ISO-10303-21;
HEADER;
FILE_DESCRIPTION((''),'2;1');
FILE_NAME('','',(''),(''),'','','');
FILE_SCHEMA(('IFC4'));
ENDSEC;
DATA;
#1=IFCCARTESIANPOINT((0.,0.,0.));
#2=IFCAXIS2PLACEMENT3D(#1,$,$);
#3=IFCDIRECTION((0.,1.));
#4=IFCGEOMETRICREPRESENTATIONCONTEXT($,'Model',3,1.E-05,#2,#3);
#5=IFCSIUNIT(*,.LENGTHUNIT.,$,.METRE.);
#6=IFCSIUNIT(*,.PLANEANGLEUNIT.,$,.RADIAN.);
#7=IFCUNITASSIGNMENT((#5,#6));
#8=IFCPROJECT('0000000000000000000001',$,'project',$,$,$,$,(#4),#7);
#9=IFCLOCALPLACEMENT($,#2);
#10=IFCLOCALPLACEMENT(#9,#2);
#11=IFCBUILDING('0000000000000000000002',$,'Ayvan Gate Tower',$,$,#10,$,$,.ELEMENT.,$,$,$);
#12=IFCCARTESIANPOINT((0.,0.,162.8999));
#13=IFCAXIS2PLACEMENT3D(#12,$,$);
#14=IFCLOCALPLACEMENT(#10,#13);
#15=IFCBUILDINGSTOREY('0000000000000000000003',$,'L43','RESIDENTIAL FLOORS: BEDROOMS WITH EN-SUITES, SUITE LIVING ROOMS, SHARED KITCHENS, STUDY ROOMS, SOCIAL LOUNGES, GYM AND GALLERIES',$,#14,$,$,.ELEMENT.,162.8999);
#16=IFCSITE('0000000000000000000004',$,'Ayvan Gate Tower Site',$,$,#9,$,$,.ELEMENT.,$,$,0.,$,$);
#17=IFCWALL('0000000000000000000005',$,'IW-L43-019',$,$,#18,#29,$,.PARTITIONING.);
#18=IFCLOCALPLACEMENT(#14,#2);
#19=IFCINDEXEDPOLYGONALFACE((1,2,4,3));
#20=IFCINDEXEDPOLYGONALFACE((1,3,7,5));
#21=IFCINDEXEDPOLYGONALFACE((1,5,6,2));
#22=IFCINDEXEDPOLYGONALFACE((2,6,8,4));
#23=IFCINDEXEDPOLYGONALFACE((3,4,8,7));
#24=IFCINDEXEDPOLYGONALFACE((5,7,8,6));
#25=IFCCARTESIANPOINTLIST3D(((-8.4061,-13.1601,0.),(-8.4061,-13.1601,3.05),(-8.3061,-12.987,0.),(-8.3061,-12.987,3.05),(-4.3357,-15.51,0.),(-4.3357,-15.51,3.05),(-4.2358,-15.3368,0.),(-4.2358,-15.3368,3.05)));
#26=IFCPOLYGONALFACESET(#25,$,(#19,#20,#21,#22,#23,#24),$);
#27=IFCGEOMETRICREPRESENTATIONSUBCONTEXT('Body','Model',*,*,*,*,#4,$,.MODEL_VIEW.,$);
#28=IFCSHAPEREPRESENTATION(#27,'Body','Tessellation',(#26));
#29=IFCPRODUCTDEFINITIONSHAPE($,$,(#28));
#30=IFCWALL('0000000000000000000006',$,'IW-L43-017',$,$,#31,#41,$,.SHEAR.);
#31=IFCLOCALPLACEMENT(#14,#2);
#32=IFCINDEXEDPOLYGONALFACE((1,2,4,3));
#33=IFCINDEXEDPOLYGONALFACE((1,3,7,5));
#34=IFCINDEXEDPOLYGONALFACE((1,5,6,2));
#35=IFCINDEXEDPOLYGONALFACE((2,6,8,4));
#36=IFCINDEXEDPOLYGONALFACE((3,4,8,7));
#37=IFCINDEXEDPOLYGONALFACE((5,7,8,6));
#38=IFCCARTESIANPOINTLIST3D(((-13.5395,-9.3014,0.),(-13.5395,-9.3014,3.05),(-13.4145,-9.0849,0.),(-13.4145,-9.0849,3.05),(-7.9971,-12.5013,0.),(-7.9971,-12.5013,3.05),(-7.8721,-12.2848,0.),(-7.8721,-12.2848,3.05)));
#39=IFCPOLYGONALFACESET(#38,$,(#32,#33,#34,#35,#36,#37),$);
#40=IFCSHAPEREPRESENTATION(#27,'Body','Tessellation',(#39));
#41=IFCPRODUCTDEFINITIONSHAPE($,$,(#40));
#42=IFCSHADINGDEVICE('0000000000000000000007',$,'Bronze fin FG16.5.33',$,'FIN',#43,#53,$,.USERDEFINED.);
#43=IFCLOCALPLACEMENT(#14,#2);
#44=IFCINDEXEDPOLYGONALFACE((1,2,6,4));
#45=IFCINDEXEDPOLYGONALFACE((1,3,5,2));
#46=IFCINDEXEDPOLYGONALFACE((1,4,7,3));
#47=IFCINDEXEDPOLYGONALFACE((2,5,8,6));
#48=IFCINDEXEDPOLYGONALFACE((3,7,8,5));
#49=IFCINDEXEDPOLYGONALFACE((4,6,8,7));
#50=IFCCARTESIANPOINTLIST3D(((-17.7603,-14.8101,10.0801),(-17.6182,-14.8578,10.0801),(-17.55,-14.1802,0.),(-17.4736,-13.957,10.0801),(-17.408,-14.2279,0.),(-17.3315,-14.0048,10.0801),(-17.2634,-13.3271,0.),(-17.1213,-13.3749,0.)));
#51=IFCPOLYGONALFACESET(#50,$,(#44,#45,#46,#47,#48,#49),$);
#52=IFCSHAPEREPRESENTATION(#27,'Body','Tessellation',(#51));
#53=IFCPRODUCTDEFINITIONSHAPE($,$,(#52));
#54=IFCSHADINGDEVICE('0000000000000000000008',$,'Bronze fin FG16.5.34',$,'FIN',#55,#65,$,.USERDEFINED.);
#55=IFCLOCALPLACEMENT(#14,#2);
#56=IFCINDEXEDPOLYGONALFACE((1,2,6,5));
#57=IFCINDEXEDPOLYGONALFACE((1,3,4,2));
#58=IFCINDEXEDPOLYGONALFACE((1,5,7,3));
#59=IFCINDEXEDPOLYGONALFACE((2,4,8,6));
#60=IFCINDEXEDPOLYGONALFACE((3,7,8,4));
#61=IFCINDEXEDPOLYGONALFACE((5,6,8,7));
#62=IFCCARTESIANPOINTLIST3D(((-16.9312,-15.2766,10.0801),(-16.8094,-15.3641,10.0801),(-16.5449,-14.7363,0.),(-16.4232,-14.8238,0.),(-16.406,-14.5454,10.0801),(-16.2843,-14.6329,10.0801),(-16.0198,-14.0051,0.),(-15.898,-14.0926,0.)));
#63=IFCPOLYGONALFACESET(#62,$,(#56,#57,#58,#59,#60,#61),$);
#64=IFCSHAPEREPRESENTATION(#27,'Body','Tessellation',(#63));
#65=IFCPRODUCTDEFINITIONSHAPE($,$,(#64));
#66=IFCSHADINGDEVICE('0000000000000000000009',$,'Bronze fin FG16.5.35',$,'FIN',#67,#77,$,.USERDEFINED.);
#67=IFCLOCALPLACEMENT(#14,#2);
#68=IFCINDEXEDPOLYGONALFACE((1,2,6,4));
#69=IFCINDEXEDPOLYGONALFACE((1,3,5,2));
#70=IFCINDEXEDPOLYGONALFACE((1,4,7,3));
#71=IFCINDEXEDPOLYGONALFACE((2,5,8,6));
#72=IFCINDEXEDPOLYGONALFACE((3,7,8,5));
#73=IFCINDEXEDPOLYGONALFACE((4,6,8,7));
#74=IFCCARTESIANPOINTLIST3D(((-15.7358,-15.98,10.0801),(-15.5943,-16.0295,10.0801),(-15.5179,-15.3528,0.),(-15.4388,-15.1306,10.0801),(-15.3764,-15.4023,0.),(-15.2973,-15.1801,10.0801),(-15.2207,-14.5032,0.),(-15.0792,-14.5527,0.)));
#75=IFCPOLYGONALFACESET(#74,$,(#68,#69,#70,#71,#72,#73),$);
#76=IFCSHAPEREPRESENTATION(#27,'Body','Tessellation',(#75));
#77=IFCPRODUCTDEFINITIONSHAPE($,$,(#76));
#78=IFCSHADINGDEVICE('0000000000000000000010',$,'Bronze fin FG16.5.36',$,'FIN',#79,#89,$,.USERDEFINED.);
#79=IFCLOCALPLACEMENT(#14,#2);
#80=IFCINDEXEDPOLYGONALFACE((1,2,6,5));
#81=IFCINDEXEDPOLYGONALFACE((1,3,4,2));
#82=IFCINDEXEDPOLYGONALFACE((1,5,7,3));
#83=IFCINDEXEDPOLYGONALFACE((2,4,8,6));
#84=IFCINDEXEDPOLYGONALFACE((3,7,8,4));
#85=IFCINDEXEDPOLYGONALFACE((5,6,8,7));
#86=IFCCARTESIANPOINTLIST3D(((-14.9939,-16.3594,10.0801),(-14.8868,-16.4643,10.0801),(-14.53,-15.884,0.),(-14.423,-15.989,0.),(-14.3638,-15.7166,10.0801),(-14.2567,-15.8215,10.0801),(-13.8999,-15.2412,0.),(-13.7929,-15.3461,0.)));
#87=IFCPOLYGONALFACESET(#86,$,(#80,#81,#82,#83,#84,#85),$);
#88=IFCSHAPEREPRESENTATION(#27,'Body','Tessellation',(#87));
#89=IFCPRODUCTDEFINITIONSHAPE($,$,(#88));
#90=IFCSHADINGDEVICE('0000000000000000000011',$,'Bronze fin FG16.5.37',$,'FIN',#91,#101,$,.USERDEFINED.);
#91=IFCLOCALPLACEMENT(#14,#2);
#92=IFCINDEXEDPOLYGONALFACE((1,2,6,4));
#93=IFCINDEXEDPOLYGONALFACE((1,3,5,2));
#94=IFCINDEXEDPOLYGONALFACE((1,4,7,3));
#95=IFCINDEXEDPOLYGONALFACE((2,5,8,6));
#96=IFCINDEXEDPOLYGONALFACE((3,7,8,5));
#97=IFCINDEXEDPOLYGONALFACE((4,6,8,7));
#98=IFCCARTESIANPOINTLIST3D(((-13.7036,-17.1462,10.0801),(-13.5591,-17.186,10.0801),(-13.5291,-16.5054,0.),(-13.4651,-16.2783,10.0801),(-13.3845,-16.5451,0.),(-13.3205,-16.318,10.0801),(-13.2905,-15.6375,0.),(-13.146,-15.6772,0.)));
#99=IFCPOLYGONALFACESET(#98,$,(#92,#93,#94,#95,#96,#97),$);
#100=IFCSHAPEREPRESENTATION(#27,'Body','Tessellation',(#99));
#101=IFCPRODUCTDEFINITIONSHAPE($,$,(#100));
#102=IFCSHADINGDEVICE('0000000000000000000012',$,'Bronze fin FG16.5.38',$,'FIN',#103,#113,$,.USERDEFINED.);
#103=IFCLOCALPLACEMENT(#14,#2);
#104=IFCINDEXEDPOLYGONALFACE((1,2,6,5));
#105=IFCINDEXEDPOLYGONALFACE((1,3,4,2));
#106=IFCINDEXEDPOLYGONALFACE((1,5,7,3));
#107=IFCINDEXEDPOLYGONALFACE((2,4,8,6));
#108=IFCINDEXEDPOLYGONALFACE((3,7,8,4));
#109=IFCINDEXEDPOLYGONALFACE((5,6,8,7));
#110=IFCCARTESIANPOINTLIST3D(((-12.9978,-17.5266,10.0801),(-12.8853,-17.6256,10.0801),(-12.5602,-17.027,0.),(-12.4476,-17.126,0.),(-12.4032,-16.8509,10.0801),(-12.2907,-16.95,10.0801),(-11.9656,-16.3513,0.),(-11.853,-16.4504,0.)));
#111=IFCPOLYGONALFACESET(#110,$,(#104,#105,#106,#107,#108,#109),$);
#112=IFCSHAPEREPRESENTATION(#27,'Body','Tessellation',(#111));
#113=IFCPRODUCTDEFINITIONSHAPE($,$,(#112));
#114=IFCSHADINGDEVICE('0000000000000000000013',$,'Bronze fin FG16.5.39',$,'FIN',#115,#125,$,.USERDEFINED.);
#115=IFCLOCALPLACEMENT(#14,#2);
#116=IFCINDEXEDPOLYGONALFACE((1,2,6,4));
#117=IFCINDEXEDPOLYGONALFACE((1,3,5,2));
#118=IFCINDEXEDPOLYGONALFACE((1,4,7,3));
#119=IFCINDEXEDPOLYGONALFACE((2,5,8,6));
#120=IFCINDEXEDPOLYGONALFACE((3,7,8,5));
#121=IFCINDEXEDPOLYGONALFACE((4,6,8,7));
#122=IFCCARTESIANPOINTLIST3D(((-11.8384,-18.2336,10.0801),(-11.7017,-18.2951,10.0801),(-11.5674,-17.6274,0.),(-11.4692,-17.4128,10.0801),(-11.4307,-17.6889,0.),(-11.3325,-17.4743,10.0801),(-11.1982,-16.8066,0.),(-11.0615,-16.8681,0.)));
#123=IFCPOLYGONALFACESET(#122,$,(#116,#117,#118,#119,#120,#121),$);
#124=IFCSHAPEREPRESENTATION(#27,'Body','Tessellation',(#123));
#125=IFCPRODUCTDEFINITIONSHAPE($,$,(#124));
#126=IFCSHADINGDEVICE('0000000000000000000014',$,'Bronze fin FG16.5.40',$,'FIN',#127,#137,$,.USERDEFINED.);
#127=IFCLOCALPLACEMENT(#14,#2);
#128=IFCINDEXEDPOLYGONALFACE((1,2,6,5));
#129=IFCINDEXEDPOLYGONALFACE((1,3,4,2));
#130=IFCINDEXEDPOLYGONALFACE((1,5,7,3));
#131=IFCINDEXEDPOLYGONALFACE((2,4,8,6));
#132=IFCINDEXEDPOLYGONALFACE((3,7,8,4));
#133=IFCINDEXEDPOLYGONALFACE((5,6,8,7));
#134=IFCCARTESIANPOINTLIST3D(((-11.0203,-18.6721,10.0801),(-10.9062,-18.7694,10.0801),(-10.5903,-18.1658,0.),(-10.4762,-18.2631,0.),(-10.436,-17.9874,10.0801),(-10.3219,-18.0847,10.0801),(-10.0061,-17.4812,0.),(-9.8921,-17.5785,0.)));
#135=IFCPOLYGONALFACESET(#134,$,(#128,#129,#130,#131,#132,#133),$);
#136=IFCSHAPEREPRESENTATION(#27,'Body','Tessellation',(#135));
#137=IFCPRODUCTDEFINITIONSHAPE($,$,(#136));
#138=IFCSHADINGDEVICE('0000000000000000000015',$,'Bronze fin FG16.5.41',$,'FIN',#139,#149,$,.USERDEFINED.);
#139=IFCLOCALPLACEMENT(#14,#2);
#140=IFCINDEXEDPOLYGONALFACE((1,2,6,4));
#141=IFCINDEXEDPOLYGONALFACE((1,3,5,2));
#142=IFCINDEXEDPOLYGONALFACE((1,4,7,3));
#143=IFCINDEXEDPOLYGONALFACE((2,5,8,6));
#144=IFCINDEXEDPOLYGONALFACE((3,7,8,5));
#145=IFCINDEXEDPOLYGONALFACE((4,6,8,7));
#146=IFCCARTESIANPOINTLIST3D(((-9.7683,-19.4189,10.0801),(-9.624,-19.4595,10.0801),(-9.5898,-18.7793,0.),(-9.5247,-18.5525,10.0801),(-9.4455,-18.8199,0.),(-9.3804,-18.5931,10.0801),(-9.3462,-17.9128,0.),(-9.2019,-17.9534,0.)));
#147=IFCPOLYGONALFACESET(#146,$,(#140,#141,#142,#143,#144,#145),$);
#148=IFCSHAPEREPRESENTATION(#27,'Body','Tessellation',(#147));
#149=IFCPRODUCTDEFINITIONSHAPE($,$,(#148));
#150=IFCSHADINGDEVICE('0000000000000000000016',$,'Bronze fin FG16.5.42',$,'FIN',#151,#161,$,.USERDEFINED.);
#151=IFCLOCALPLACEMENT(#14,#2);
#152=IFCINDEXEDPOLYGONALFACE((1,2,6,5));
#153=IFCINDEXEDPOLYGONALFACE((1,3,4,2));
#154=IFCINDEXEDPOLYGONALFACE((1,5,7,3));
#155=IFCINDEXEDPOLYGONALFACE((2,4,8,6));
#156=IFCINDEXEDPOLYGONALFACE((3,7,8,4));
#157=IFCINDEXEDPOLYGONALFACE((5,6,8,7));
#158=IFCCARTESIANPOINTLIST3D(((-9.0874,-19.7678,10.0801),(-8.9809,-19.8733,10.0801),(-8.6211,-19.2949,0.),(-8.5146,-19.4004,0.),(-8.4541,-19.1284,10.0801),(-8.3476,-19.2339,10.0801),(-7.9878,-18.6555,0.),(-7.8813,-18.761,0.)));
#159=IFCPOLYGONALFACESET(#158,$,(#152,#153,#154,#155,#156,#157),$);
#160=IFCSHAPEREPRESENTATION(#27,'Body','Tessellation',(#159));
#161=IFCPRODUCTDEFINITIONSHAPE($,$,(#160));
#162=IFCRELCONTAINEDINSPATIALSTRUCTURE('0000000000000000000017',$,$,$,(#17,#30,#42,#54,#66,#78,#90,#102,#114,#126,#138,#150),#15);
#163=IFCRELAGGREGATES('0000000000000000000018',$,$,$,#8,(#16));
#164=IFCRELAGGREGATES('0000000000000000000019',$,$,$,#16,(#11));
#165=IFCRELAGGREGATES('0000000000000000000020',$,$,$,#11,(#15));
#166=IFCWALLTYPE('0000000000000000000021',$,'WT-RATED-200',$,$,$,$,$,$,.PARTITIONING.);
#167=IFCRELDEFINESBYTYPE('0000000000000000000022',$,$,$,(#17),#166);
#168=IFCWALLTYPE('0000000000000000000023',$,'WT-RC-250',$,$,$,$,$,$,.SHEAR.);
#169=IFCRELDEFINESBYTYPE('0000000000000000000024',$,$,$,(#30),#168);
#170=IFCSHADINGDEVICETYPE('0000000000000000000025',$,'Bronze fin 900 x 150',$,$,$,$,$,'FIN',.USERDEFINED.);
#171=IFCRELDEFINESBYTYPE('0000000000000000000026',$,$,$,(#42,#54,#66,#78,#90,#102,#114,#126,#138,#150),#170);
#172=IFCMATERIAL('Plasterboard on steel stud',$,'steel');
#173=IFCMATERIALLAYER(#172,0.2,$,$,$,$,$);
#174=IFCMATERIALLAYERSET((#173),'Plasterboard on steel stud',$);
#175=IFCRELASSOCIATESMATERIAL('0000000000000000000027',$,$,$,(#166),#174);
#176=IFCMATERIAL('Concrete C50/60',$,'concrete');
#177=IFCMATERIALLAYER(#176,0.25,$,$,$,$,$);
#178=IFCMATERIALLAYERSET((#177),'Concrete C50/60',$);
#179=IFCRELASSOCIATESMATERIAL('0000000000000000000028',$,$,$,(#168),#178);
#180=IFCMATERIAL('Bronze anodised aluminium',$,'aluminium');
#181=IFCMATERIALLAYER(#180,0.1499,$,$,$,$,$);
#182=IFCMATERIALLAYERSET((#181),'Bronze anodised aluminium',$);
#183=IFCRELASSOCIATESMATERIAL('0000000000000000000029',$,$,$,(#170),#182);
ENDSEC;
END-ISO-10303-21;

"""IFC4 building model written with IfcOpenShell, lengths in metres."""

from ifc_helpers import new_model, si_unit, direction, frame, frame_2d, origin, place, context, subcontext, project, spatial, polyline, rectangle, outline, extrude, material, layer, layer_set, type_object, element, save


model = new_model("IFC4")

# Units and contexts
model_context = context("Model", 3, precision=1e-05, world=origin(), true_north=direction((0.0, 1.0)))
body_context = subcontext(model_context, "Body", "Model", "MODEL_VIEW")
ifc_project = project(units=[si_unit("LENGTHUNIT", "METRE"), si_unit("PLANEANGLEUNIT", "RADIAN")], contexts=[model_context])

# Site, building, storey
site_placement = place(None, origin())
site = spatial("IfcSite", under=ifc_project, at=site_placement, Name="Ayvan Gate Tower Site", CompositionType="ELEMENT", RefElevation=0.0)
building_placement = place(site_placement, origin())
building = spatial("IfcBuilding", under=site, at=building_placement, Name="Ayvan Gate Tower", CompositionType="ELEMENT")
storey_placement = place(building_placement, frame((0.0, 0.0, 162.8999)))
storey = spatial("IfcBuildingStorey", under=building, at=storey_placement, Name="L43", Description="RESIDENTIAL FLOORS: BEDROOMS WITH EN-SUITES, SUITE LIVING ROOMS, SHARED KITCHENS, STUDY ROOMS, SOCIAL LOUNGES, GYM AND GALLERIES", CompositionType="ELEMENT", Elevation=162.8999)

# Shared definitions
ifc_material_1 = material(Name="Bronze anodised aluminium", Category="aluminium")

# Walls
ifc_material_2 = material(Name="Plasterboard on steel stud", Category="steel")
ifc_layer_1 = layer(ifc_material_2, 0.2)
ifc_layer_set_1 = layer_set([ifc_layer_1], Name="Plasterboard on steel stud")
wall_type_1 = type_object("IfcWallType", Name="WT-RATED-200", PredefinedType="PARTITIONING", material=ifc_layer_set_1)
wall_1_placement = place(storey_placement, frame((-8.3562, -13.0735, 0.0), z_axis=(0.0, 0.0, 1.0), x_axis=(0.866039, -0.499977, 0.0)))
element("IfcWall", 1, at=wall_1_placement, inside=storey, type_object=wall_type_1, Name="IW-L43-019", PredefinedType="PARTITIONING", context=body_context, shape_type="SweptSolid", body=[
    extrude(rectangle(XDim=4.7, YDim=0.2, at=frame_2d((2.3501, 0.0))), origin(), (0.0, 0.0, 1.0), 3.05),
])
ifc_material_3 = material(Name="Concrete C50/60", Category="concrete")
ifc_layer_2 = layer(ifc_material_3, 0.25)
ifc_layer_set_2 = layer_set([ifc_layer_2], Name="Concrete C50/60")
wall_type_2 = type_object("IfcWallType", Name="WT-RC-250", PredefinedType="SHEAR", material=ifc_layer_set_2)
wall_2_placement = place(storey_placement, frame((-7.9346, -12.3931, 0.0), z_axis=(0.0, 0.0, 1.0), x_axis=(-0.866025, 0.5, 0.0)))
element("IfcWall", 2, at=wall_2_placement, inside=storey, type_object=wall_type_2, Name="IW-L43-017", PredefinedType="SHEAR", context=body_context, shape_type="SweptSolid", body=[
    extrude(rectangle(XDim=6.3999, YDim=0.25, at=frame_2d((3.2, 0.0))), origin(), (0.0, 0.0, 1.0), 3.05),
])

# Shading devices
ifc_layer_3 = layer(ifc_material_1, 0.1499)
ifc_layer_set_3 = layer_set([ifc_layer_3], Name="Bronze anodised aluminium")
shading_device_type = type_object("IfcShadingDeviceType", Name="Bronze fin 900 x 150", ElementType="FIN", PredefinedType="USERDEFINED", material=ifc_layer_set_3)
shading_device_1_placement = place(storey_placement, frame((-17.2634, -13.3271, 0.0), z_axis=(-0.947921, 0.318506, 0.000135), x_axis=(-0.318506, -0.947921, 0.0)))
element("IfcShadingDevice", 3, at=shading_device_1_placement, inside=storey, type_object=shading_device_type, Name="Bronze fin FG16.5.33", ObjectType="FIN", PredefinedType="USERDEFINED", context=body_context, shape_type="SweptSolid", body=[
    extrude(outline(polyline([(0.0, 0.0), (0.8999, 0.0), (1.5639, 10.0801), (0.664, 10.0801), (0.0, 0.0)])), origin(), (0.0, 0.0, -1.0), 0.1499),
])
shading_device_2_placement = place(storey_placement, frame((-16.0198, -14.0051, 0.0), z_axis=(-0.812228, 0.58334, 0.000145), x_axis=(-0.58334, -0.812228, 0.0)))
element("IfcShadingDevice", 4, at=shading_device_2_placement, inside=storey, type_object=shading_device_type, Name="Bronze fin FG16.5.34", ObjectType="FIN", PredefinedType="USERDEFINED", context=body_context, shape_type="SweptSolid", body=[
    extrude(outline(polyline([(0.0, 0.0), (0.9002, 0.0), (1.5644, 10.0801), (0.6641, 10.0801), (0.0, 0.0)])), origin(), (0.0, 0.0, -1.0), 0.1499),
])
shading_device_3_placement = place(storey_placement, frame((-15.2207, -14.5032, 0.0), z_axis=(-0.943928, 0.330151, 0.000131), x_axis=(-0.330151, -0.943928, 0.0)))
element("IfcShadingDevice", 5, at=shading_device_3_placement, inside=storey, type_object=shading_device_type, Name="Bronze fin FG16.5.35", ObjectType="FIN", PredefinedType="USERDEFINED", context=body_context, shape_type="SweptSolid", body=[
    extrude(outline(polyline([(0.0, 0.0), (0.9001, 0.0), (1.5641, 10.0801), (0.6642, 10.0801), (0.0, 0.0)])), origin(), (0.0, 0.0, -1.0), 0.1499),
])
shading_device_4_placement = place(storey_placement, frame((-13.8999, -15.2412, 0.0), z_axis=(-0.714123, 0.70002, 0.000148), x_axis=(-0.70002, -0.714123, 0.0)))
element("IfcShadingDevice", 6, at=shading_device_4_placement, inside=storey, type_object=shading_device_type, Name="Bronze fin FG16.5.36", ObjectType="FIN", PredefinedType="USERDEFINED", context=body_context, shape_type="SweptSolid", body=[
    extrude(outline(polyline([(0.0, 0.0), (0.9002, 0.0), (1.5643, 10.0801), (0.6642, 10.0801), (0.0, 0.0)])), origin(), (0.0, 0.0, -1.0), 0.1499),
])
shading_device_5_placement = place(storey_placement, frame((-13.2905, -15.6375, 0.0), z_axis=(-0.964249, 0.264999, 0.00015), x_axis=(-0.264999, -0.964249, 0.0)))
element("IfcShadingDevice", 7, at=shading_device_5_placement, inside=storey, type_object=shading_device_type, Name="Bronze fin FG16.5.37", ObjectType="FIN", PredefinedType="USERDEFINED", context=body_context, shape_type="SweptSolid", body=[
    extrude(outline(polyline([(0.0, 0.0), (0.9001, 0.0), (1.5643, 10.0801), (0.6642, 10.0801), (0.0, 0.0)])), origin(), (0.0, 0.0, -1.0), 0.1499),
])
shading_device_6_placement = place(storey_placement, frame((-11.9656, -16.3513, 0.0), z_axis=(-0.7507, 0.660643, 0.000154), x_axis=(-0.660643, -0.7507, 0.0)))
element("IfcShadingDevice", 8, at=shading_device_6_placement, inside=storey, type_object=shading_device_type, Name="Bronze fin FG16.5.38", ObjectType="FIN", PredefinedType="USERDEFINED", context=body_context, shape_type="SweptSolid", body=[
    extrude(outline(polyline([(0.0, 0.0), (0.9, 0.0), (1.5642, 10.0801), (0.6642, 10.0801), (0.0, 0.0)])), origin(), (0.0, 0.0, -1.0), 0.1499),
])
shading_device_7_placement = place(storey_placement, frame((-11.1982, -16.8066, 0.0), z_axis=(-0.912013, 0.410162, 0.000148), x_axis=(-0.410162, -0.912013, 0.0)))
element("IfcShadingDevice", 9, at=shading_device_7_placement, inside=storey, type_object=shading_device_type, Name="Bronze fin FG16.5.39", ObjectType="FIN", PredefinedType="USERDEFINED", context=body_context, shape_type="SweptSolid", body=[
    extrude(outline(polyline([(0.0, 0.0), (0.9, 0.0), (1.564, 10.0801), (0.664, 10.0801), (0.0, 0.0)])), origin(), (0.0, 0.0, -1.0), 0.1499),
])
shading_device_8_placement = place(storey_placement, frame((-10.0061, -17.4812, 0.0), z_axis=(-0.76071, 0.649092, 0.000152), x_axis=(-0.649092, -0.76071, 0.0)))
element("IfcShadingDevice", 10, at=shading_device_8_placement, inside=storey, type_object=shading_device_type, Name="Bronze fin FG16.5.40", ObjectType="FIN", PredefinedType="USERDEFINED", context=body_context, shape_type="SweptSolid", body=[
    extrude(outline(polyline([(0.0, 0.0), (0.9, 0.0), (1.5642, 10.0801), (0.6641, 10.0801), (0.0, 0.0)])), origin(), (0.0, 0.0, -1.0), 0.1499),
])
shading_device_9_placement = place(storey_placement, frame((-9.3462, -17.9128, 0.0), z_axis=(-0.962662, 0.270706, 0.000134), x_axis=(-0.270706, -0.962662, 0.0)))
element("IfcShadingDevice", 11, at=shading_device_9_placement, inside=storey, type_object=shading_device_type, Name="Bronze fin FG16.5.41", ObjectType="FIN", PredefinedType="USERDEFINED", context=body_context, shape_type="SweptSolid", body=[
    extrude(outline(polyline([(0.0, 0.0), (0.9001, 0.0), (1.5641, 10.0801), (0.6641, 10.0801), (0.0, 0.0)])), origin(), (0.0, 0.0, -1.0), 0.1499),
])
shading_device_10_placement = place(storey_placement, frame((-7.9878, -18.6555, 0.0), z_axis=(-0.71049, 0.703708, 0.000146), x_axis=(-0.703708, -0.71049, 0.0)))
element("IfcShadingDevice", 12, at=shading_device_10_placement, inside=storey, type_object=shading_device_type, Name="Bronze fin FG16.5.42", ObjectType="FIN", PredefinedType="USERDEFINED", context=body_context, shape_type="SweptSolid", body=[
    extrude(outline(polyline([(0.0, 0.0), (0.8999, 0.0), (1.5641, 10.0801), (0.6641, 10.0801), (0.0, 0.0)])), origin(), (0.0, 0.0, -1.0), 0.1499),
])

save(model, "model.ifc")
